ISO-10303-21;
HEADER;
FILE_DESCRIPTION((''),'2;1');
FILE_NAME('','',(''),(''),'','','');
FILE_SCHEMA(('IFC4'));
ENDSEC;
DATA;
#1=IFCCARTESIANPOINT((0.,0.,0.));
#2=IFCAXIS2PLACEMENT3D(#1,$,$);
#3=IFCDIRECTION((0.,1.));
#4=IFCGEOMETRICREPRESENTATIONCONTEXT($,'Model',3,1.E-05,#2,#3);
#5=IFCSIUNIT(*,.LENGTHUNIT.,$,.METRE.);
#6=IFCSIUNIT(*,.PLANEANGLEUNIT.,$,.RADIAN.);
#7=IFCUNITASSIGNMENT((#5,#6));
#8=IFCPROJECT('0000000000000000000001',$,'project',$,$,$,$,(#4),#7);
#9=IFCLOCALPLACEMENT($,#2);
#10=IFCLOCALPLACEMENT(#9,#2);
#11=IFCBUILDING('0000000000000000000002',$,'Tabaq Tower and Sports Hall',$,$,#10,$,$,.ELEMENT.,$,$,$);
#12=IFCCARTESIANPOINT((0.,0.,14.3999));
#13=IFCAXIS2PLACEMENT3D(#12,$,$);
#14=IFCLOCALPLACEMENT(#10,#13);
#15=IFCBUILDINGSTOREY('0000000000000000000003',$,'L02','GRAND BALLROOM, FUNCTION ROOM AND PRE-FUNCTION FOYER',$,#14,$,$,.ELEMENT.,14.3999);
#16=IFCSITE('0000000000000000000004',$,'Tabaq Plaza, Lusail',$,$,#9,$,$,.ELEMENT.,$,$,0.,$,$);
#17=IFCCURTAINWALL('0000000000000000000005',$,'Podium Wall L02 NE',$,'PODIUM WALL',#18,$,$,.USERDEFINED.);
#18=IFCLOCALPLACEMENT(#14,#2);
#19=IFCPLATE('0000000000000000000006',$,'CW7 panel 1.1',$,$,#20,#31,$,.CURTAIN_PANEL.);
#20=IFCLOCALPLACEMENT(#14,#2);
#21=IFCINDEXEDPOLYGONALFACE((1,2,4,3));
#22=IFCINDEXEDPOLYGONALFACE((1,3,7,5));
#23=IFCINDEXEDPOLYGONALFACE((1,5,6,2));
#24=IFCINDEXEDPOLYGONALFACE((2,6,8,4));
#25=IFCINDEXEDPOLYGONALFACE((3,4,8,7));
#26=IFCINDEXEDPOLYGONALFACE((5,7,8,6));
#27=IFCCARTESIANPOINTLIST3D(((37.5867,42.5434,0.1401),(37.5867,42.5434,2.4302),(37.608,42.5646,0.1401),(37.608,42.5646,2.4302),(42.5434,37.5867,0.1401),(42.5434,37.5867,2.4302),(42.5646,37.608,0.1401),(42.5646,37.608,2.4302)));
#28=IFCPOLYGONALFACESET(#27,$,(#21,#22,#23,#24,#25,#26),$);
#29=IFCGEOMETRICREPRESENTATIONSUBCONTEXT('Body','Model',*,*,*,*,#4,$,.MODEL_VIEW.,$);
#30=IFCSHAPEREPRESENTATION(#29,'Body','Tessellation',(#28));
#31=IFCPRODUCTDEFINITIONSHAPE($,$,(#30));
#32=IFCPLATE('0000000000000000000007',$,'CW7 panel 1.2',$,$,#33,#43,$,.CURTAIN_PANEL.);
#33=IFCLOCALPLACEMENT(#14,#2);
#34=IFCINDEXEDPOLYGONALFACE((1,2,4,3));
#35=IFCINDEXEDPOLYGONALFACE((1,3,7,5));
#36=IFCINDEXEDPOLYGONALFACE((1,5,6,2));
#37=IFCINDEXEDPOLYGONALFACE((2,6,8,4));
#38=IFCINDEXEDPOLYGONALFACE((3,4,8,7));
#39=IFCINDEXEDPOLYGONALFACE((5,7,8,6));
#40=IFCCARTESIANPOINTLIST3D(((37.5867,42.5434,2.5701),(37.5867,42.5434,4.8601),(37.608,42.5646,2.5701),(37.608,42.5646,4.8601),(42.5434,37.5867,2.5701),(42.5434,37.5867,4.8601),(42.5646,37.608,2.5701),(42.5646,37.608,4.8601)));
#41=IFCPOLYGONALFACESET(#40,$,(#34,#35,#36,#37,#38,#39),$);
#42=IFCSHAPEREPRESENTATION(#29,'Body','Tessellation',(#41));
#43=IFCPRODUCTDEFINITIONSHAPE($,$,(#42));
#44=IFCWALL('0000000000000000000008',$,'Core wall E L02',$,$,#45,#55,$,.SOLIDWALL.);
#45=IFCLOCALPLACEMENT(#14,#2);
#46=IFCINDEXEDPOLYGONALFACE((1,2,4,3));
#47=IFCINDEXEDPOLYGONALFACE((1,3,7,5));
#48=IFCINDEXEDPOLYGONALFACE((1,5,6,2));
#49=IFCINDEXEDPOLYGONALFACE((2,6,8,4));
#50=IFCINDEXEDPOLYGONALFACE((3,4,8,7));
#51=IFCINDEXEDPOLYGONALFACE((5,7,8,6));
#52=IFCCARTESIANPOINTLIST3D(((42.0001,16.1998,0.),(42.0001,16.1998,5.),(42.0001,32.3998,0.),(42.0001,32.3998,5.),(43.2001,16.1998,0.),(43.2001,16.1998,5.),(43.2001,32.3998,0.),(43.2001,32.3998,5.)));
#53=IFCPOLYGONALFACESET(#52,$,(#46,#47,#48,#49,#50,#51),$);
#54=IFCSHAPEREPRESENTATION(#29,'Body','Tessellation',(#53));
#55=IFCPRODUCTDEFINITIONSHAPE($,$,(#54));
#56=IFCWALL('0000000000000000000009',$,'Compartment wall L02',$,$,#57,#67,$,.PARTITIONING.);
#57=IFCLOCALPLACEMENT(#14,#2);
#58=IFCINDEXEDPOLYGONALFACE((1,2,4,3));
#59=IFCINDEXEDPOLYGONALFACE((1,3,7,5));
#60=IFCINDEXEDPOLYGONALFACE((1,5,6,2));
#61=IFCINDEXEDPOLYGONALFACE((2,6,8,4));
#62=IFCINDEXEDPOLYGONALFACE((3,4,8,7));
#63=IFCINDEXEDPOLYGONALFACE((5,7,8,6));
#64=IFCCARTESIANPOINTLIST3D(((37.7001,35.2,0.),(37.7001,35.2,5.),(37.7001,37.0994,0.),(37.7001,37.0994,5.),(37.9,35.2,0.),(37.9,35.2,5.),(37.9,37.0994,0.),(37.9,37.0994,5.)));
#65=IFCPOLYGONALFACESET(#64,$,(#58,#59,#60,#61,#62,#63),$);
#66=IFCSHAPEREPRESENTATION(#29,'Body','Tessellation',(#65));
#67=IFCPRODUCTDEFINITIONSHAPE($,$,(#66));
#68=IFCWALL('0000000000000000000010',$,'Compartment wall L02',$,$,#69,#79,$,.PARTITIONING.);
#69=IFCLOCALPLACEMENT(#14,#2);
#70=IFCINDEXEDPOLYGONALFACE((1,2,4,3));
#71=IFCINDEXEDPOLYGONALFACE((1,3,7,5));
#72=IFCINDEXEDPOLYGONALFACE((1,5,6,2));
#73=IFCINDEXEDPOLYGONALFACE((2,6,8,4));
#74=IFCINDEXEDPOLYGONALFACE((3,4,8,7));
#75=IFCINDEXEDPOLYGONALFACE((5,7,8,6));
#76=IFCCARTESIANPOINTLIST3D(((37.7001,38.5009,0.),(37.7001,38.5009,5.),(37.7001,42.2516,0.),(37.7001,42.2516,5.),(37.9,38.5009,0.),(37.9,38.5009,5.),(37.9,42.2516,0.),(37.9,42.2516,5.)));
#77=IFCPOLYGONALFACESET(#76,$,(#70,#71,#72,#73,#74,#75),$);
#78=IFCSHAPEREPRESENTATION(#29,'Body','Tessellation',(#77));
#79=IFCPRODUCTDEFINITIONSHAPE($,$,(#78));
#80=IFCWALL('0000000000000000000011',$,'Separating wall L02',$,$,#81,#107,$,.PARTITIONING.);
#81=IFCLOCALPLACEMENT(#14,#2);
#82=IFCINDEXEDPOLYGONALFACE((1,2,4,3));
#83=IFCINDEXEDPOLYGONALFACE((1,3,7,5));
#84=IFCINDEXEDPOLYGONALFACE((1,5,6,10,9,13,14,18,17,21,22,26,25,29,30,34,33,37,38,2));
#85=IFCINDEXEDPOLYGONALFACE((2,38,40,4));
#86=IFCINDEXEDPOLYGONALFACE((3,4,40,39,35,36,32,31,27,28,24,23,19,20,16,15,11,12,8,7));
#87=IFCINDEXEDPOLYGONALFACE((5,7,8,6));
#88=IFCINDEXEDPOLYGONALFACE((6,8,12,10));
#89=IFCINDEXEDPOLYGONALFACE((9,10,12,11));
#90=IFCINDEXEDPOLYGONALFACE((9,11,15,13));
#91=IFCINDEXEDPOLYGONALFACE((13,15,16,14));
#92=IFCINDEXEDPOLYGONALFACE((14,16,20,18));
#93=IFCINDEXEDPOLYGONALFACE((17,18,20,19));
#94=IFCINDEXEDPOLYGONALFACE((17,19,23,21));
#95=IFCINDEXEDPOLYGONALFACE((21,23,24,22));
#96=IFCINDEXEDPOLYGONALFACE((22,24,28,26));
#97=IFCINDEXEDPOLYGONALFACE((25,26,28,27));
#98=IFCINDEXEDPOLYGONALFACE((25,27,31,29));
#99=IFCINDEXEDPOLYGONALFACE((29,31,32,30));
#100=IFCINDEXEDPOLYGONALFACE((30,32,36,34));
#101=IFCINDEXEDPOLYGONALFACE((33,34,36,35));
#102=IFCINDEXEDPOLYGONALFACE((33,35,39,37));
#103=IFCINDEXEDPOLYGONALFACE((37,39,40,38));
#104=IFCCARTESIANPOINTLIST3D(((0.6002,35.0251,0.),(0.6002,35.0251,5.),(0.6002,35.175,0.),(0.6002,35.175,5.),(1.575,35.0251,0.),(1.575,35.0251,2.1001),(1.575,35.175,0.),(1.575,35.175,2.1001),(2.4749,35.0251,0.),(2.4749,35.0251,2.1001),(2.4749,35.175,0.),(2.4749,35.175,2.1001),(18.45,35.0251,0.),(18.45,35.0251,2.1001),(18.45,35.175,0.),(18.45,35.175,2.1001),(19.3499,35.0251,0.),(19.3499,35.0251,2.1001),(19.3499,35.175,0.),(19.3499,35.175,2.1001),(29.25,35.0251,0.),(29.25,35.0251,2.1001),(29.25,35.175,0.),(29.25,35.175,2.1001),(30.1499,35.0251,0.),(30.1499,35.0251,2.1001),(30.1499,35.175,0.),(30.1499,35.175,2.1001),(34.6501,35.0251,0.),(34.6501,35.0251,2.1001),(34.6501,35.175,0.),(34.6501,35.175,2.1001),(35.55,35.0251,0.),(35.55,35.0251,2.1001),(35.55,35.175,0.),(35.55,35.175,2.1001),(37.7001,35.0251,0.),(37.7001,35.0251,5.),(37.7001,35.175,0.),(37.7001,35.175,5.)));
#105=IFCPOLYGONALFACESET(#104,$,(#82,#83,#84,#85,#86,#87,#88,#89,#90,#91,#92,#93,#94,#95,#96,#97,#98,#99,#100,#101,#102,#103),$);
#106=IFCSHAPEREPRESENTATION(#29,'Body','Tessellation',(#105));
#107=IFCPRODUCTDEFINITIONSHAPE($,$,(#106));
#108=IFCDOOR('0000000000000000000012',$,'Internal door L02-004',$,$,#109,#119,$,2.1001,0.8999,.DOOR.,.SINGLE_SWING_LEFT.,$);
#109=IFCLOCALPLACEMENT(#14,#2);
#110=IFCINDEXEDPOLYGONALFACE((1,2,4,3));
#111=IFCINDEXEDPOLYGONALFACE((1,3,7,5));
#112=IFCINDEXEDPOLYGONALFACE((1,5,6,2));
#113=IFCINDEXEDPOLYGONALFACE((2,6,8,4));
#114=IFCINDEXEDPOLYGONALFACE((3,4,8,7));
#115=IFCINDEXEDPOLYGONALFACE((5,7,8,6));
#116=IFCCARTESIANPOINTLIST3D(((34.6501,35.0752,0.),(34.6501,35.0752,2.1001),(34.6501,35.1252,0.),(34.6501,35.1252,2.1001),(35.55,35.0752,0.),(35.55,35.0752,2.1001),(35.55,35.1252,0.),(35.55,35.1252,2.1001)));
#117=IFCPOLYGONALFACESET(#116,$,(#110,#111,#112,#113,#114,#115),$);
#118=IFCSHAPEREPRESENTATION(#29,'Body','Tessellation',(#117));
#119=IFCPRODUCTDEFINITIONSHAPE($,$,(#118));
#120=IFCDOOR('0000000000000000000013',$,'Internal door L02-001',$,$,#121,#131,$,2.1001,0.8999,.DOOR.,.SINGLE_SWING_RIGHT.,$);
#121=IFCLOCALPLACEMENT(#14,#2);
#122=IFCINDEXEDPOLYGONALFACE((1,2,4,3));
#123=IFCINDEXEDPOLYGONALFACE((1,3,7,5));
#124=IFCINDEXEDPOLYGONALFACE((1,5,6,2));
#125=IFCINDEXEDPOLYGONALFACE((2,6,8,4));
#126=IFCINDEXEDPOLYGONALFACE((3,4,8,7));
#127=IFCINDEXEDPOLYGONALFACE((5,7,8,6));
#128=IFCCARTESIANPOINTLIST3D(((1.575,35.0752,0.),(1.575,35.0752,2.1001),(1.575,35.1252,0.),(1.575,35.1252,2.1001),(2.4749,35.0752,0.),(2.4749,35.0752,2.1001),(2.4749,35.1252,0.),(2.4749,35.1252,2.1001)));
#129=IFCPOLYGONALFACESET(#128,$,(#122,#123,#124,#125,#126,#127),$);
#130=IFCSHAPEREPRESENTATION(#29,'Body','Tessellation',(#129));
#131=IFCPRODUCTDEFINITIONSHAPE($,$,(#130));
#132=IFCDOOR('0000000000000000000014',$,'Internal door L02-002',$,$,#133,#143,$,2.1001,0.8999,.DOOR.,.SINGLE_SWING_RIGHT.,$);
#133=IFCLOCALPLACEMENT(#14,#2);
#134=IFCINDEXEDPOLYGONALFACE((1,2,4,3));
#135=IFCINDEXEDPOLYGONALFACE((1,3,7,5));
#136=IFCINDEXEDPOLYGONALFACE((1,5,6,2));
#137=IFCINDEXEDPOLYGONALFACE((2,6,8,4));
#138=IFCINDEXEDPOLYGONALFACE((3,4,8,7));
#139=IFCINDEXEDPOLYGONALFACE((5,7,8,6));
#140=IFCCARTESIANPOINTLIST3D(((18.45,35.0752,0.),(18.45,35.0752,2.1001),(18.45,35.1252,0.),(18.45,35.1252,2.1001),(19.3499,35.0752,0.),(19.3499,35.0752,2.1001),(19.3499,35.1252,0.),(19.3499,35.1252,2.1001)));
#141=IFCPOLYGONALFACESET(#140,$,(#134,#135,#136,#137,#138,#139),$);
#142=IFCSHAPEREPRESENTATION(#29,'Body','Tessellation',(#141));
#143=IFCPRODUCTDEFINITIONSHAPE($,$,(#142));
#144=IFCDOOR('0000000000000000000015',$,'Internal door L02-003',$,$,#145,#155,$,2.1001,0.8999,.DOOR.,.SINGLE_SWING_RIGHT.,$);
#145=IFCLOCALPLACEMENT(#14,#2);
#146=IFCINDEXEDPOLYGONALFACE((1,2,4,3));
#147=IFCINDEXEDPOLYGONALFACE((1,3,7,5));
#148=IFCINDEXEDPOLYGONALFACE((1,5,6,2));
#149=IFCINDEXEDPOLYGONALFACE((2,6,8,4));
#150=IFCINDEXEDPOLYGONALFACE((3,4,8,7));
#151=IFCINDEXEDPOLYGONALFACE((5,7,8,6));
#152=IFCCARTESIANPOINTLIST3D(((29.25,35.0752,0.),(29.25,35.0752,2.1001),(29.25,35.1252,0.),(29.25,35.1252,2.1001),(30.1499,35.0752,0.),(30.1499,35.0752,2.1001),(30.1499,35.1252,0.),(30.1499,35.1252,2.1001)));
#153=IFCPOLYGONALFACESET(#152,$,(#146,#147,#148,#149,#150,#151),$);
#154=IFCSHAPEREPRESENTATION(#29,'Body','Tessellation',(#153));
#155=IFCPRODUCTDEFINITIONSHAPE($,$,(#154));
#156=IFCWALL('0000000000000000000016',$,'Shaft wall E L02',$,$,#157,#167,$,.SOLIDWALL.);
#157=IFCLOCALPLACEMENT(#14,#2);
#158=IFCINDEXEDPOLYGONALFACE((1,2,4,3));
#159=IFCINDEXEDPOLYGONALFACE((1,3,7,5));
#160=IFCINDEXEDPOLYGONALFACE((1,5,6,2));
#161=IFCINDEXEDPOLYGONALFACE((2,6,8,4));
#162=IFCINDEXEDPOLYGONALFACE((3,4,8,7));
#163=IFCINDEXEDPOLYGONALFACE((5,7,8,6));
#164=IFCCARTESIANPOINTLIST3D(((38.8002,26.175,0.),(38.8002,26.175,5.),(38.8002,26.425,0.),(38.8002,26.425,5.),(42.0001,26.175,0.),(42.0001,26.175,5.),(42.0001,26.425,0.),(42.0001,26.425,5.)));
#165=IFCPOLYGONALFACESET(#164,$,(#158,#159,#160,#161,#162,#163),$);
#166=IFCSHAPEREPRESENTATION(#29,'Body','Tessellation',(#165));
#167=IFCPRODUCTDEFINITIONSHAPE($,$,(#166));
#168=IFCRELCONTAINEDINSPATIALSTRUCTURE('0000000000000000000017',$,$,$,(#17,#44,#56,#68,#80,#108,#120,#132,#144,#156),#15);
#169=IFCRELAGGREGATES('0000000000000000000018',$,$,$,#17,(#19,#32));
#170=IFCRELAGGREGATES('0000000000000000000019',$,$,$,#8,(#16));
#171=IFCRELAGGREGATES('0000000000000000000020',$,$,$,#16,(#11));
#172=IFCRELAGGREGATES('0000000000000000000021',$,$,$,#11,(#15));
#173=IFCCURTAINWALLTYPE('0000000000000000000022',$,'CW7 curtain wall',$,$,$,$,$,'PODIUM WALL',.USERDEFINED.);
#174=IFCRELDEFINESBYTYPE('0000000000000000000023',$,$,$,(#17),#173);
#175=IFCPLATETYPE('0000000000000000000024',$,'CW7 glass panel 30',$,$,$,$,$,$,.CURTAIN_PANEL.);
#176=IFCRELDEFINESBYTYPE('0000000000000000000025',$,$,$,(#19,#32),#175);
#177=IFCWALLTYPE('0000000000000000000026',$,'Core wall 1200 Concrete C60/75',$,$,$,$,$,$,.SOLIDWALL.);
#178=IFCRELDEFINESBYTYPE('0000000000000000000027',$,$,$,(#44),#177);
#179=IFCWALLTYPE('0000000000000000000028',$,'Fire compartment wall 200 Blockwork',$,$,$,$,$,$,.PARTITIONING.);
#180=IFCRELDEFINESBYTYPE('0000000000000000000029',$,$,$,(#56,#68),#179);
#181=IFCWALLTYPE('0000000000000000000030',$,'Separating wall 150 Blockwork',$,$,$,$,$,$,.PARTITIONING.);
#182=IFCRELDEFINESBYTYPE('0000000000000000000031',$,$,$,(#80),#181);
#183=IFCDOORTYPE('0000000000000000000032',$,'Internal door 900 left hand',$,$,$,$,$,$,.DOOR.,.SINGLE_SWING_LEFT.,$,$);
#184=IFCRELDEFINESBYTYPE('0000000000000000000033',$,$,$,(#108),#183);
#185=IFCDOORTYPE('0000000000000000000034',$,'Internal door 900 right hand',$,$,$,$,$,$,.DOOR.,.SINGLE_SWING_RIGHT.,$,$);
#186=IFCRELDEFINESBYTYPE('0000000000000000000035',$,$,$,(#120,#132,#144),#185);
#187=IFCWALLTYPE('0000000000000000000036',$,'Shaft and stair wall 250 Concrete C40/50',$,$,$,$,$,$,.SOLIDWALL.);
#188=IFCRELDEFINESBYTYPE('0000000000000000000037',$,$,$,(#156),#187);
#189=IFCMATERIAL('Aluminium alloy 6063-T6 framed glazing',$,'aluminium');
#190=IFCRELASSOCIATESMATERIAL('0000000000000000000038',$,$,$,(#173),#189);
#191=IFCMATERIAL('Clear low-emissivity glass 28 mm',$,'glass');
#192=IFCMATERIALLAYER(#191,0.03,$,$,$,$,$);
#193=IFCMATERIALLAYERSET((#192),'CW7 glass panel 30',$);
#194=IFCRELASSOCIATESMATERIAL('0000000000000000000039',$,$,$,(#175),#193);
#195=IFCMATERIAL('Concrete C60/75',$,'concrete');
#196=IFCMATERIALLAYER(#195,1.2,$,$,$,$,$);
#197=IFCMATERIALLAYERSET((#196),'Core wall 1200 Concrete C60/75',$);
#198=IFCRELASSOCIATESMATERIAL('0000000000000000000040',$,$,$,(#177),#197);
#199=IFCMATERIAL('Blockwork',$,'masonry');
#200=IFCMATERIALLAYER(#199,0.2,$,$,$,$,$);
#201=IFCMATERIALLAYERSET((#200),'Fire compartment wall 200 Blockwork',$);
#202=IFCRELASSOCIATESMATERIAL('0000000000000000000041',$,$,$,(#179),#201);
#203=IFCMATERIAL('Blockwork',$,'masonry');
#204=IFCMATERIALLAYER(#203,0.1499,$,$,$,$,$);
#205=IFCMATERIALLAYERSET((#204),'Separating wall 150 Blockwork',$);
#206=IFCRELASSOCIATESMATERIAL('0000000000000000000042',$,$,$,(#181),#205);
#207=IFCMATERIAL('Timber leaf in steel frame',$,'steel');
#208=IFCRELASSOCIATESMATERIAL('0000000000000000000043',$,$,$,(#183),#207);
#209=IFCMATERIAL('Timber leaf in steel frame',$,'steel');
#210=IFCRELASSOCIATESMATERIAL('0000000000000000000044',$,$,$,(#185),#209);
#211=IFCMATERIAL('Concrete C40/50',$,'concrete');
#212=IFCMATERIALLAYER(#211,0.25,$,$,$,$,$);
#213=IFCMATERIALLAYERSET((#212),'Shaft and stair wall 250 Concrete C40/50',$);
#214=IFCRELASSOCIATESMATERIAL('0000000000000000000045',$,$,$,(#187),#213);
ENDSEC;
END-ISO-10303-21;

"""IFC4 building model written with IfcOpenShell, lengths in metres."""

from ifc_helpers import new_model, si_unit, direction, frame, frame_2d, origin, origin_2d, place, context, subcontext, project, spatial, rectangle, extrude, material, layer, layer_set, type_object, element, fill, aggregate, save


model = new_model("IFC4")

# Units and contexts
model_context = context("Model", 3, precision=1e-05, world=origin(), true_north=direction((0.0, 1.0)))
body_context = subcontext(model_context, "Body", "Model", "MODEL_VIEW")
ifc_project = project(units=[si_unit("LENGTHUNIT", "METRE"), si_unit("PLANEANGLEUNIT", "RADIAN")], contexts=[model_context])

# Site, building, storey
site_placement = place(None, origin())
site = spatial("IfcSite", under=ifc_project, at=site_placement, Name="Tabaq Plaza, Lusail", CompositionType="ELEMENT", RefElevation=0.0)
building_placement = place(site_placement, origin())
building = spatial("IfcBuilding", under=site, at=building_placement, Name="Tabaq Tower and Sports Hall", CompositionType="ELEMENT")
storey_placement = place(building_placement, frame((0.0, 0.0, 14.3999)))
storey = spatial("IfcBuildingStorey", under=building, at=storey_placement, Name="L02", Description="GRAND BALLROOM, FUNCTION ROOM AND PRE-FUNCTION FOYER", CompositionType="ELEMENT", Elevation=14.3999)

# Shared definitions
ifc_material_1 = material(Name="Aluminium alloy 6063-T6 framed glazing", Category="aluminium")
curtain_wall_type = type_object("IfcCurtainWallType", Name="CW7 curtain wall", ElementType="PODIUM WALL", PredefinedType="USERDEFINED", material=ifc_material_1)

# Curtain wall
curtain_wall_1_placement = place(storey_placement, origin())
curtain_wall_1 = element("IfcCurtainWall", 1, at=curtain_wall_1_placement, inside=storey, type_object=curtain_wall_type, Name="Podium Wall L02 NE", ObjectType="PODIUM WALL", PredefinedType="USERDEFINED")

# Plates
ifc_material_2 = material(Name="Clear low-emissivity glass 28 mm", Category="glass")
ifc_layer_1 = layer(ifc_material_2, 0.03)
ifc_layer_set_1 = layer_set([ifc_layer_1], Name="CW7 glass panel 30")
plate_type = type_object("IfcPlateType", Name="CW7 glass panel 30", PredefinedType="CURTAIN_PANEL", material=ifc_layer_set_1)
plate_1_placement = place(storey_placement, frame((40.0757, 40.0757, 0.1401), z_axis=(0.0, 0.0, 1.0), x_axis=(-0.707107, 0.707107, 0.0)))
plate_1 = element("IfcPlate", 2, at=plate_1_placement, type_object=plate_type, Name="CW7 panel 1.1", PredefinedType="CURTAIN_PANEL", context=body_context, shape_type="SweptSolid", body=[
    extrude(rectangle(XDim=7.0098, YDim=0.03, at=origin_2d()), origin(), (0.0, 0.0, 1.0), 2.29),
])
plate_2_placement = place(storey_placement, frame((40.0757, 40.0757, 2.5701), z_axis=(0.0, 0.0, 1.0), x_axis=(-0.707107, 0.707107, 0.0)))
plate_2 = element("IfcPlate", 3, at=plate_2_placement, type_object=plate_type, Name="CW7 panel 1.2", PredefinedType="CURTAIN_PANEL", context=body_context, shape_type="SweptSolid", body=[
    extrude(rectangle(XDim=7.0098, YDim=0.03, at=origin_2d()), origin(), (0.0, 0.0, 1.0), 2.29),
])
aggregate(curtain_wall_1, [plate_1, plate_2])

# Walls
ifc_material_3 = material(Name="Concrete C60/75", Category="concrete")
ifc_layer_2 = layer(ifc_material_3, 1.2)
ifc_layer_set_2 = layer_set([ifc_layer_2], Name="Core wall 1200 Concrete C60/75")
wall_type_1 = type_object("IfcWallType", Name="Core wall 1200 Concrete C60/75", PredefinedType="SOLIDWALL", material=ifc_layer_set_2)
wall_1_placement = place(storey_placement, frame((42.6001, 32.3999, 0.0), z_axis=(0.0, 0.0, 1.0), x_axis=(0.0, -1.0, 0.0)))
element("IfcWall", 4, at=wall_1_placement, inside=storey, type_object=wall_type_1, Name="Core wall E L02", PredefinedType="SOLIDWALL", context=body_context, shape_type="SweptSolid", body=[
    extrude(rectangle(XDim=16.2, YDim=1.2, at=frame_2d((8.1001, 0.0))), origin(), (0.0, 0.0, 1.0), 5.0),
])
ifc_material_4 = material(Name="Blockwork", Category="masonry")
ifc_layer_3 = layer(ifc_material_4, 0.2)
ifc_layer_set_3 = layer_set([ifc_layer_3], Name="Fire compartment wall 200 Blockwork")
wall_type_2 = type_object("IfcWallType", Name="Fire compartment wall 200 Blockwork", PredefinedType="PARTITIONING", material=ifc_layer_set_3)
wall_2_placement = place(storey_placement, frame((37.8, 35.2, 0.0), z_axis=(0.0, 0.0, 1.0), x_axis=(0.0, 1.0, 0.0)))
element("IfcWall", 5, at=wall_2_placement, inside=storey, type_object=wall_type_2, Name="Compartment wall L02", PredefinedType="PARTITIONING", context=body_context, shape_type="SweptSolid", body=[
    extrude(rectangle(XDim=1.8994, YDim=0.2, at=frame_2d((0.9497, 0.0))), origin(), (0.0, 0.0, 1.0), 5.0),
])
wall_3_placement = place(storey_placement, frame((37.8, 38.5007, 0.0), z_axis=(0.0, 0.0, 1.0), x_axis=(0.0, 1.0, 0.0)))
element("IfcWall", 6, at=wall_3_placement, inside=storey, type_object=wall_type_2, Name="Compartment wall L02", PredefinedType="PARTITIONING", context=body_context, shape_type="SweptSolid", body=[
    extrude(rectangle(XDim=3.7507, YDim=0.2, at=frame_2d((1.8755, 0.0))), origin(), (0.0, 0.0, 1.0), 5.0),
])

# Wall, openings, doors
ifc_material_5 = material(Name="Blockwork", Category="masonry")
ifc_layer_4 = layer(ifc_material_5, 0.1499)
ifc_layer_set_4 = layer_set([ifc_layer_4], Name="Separating wall 150 Blockwork")
wall_type_3 = type_object("IfcWallType", Name="Separating wall 150 Blockwork", PredefinedType="PARTITIONING", material=ifc_layer_set_4)
wall_4_placement = place(storey_placement, frame((37.7, 35.1001, 0.0), z_axis=(0.0, 0.0, 1.0), x_axis=(-1.0, 0.0, 0.0)))
wall_4 = element("IfcWall", 7, at=wall_4_placement, inside=storey, type_object=wall_type_3, Name="Separating wall L02", PredefinedType="PARTITIONING", context=body_context, shape_type="SweptSolid", body=[
    extrude(rectangle(XDim=37.0999, YDim=0.1499, at=frame_2d((18.5498, 0.0))), origin(), (0.0, 0.0, 1.0), 5.0),
])
opening_1_placement = place(wall_4_placement, frame((35.2251, 0.0, 0.0)))
opening_1 = element("IfcOpeningElement", 8, at=opening_1_placement, cuts=wall_4, PredefinedType="OPENING", context=body_context, shape_type="SweptSolid", body=[
    extrude(rectangle(XDim=0.8999, YDim=2.1001, at=frame_2d((0.45, 1.05))), frame((0.0, 0.075, 0.0), z_axis=(0.0, -1.0, 0.0), x_axis=(1.0, 0.0, 0.0)), (0.0, 0.0, 1.0), 0.1499),
])
opening_2_placement = place(wall_4_placement, frame((18.3501, 0.0, 0.0)))
opening_2 = element("IfcOpeningElement", 9, at=opening_2_placement, cuts=wall_4, PredefinedType="OPENING", context=body_context, shape_type="SweptSolid", body=[
    extrude(rectangle(XDim=0.8999, YDim=2.1001, at=frame_2d((0.45, 1.05))), frame((0.0, 0.075, 0.0), z_axis=(0.0, -1.0, 0.0), x_axis=(1.0, 0.0, 0.0)), (0.0, 0.0, 1.0), 0.1499),
])
opening_3_placement = place(wall_4_placement, frame((7.55, 0.0, 0.0)))
opening_3 = element("IfcOpeningElement", 10, at=opening_3_placement, cuts=wall_4, PredefinedType="OPENING", context=body_context, shape_type="SweptSolid", body=[
    extrude(rectangle(XDim=0.8999, YDim=2.1001, at=frame_2d((0.45, 1.05))), frame((0.0, 0.075, 0.0), z_axis=(0.0, -1.0, 0.0), x_axis=(1.0, 0.0, 0.0)), (0.0, 0.0, 1.0), 0.1499),
])
opening_4_placement = place(wall_4_placement, frame((2.1499, 0.0, 0.0)))
opening_4 = element("IfcOpeningElement", 11, at=opening_4_placement, cuts=wall_4, PredefinedType="OPENING", context=body_context, shape_type="SweptSolid", body=[
    extrude(rectangle(XDim=0.8999, YDim=2.1001, at=frame_2d((0.45, 1.05))), frame((0.0, 0.075, 0.0), z_axis=(0.0, -1.0, 0.0), x_axis=(1.0, 0.0, 0.0)), (0.0, 0.0, 1.0), 0.1499),
])
ifc_material_6 = material(Name="Timber leaf in steel frame", Category="steel")
door_type_1 = type_object("IfcDoorType", Name="Internal door 900 left hand", OperationType="SINGLE_SWING_LEFT", PredefinedType="DOOR", material=ifc_material_6)
door_1_placement = place(opening_4_placement, origin())
door_1 = element("IfcDoor", 12, at=door_1_placement, inside=storey, type_object=door_type_1, Name="Internal door L02-004", OperationType="SINGLE_SWING_LEFT", OverallHeight=2.1001, OverallWidth=0.8999, PredefinedType="DOOR", context=body_context, shape_type="SweptSolid", body=[
    extrude(rectangle(XDim=0.8999, YDim=2.1001, at=frame_2d((0.45, 1.05))), frame((0.0, 0.0249, 0.0), z_axis=(0.0, -1.0, 0.0), x_axis=(1.0, 0.0, 0.0)), (0.0, 0.0, 1.0), 0.05),
])
fill(opening_4, door_1)
ifc_material_7 = material(Name="Timber leaf in steel frame", Category="steel")
door_type_2 = type_object("IfcDoorType", Name="Internal door 900 right hand", OperationType="SINGLE_SWING_RIGHT", PredefinedType="DOOR", material=ifc_material_7)
door_2_placement = place(opening_1_placement, origin())
door_2 = element("IfcDoor", 13, at=door_2_placement, inside=storey, type_object=door_type_2, Name="Internal door L02-001", OperationType="SINGLE_SWING_RIGHT", OverallHeight=2.1001, OverallWidth=0.8999, PredefinedType="DOOR", context=body_context, shape_type="SweptSolid", body=[
    extrude(rectangle(XDim=0.8999, YDim=2.1001, at=frame_2d((0.45, 1.05))), frame((0.0, 0.0249, 0.0), z_axis=(0.0, -1.0, 0.0), x_axis=(1.0, 0.0, 0.0)), (0.0, 0.0, 1.0), 0.05),
])
fill(opening_1, door_2)
door_3_placement = place(opening_2_placement, origin())
door_3 = element("IfcDoor", 14, at=door_3_placement, inside=storey, type_object=door_type_2, Name="Internal door L02-002", OperationType="SINGLE_SWING_RIGHT", OverallHeight=2.1001, OverallWidth=0.8999, PredefinedType="DOOR", context=body_context, shape_type="SweptSolid", body=[
    extrude(rectangle(XDim=0.8999, YDim=2.1001, at=frame_2d((0.45, 1.05))), frame((0.0, 0.0249, 0.0), z_axis=(0.0, -1.0, 0.0), x_axis=(1.0, 0.0, 0.0)), (0.0, 0.0, 1.0), 0.05),
])
fill(opening_2, door_3)
door_4_placement = place(opening_3_placement, origin())
door_4 = element("IfcDoor", 15, at=door_4_placement, inside=storey, type_object=door_type_2, Name="Internal door L02-003", OperationType="SINGLE_SWING_RIGHT", OverallHeight=2.1001, OverallWidth=0.8999, PredefinedType="DOOR", context=body_context, shape_type="SweptSolid", body=[
    extrude(rectangle(XDim=0.8999, YDim=2.1001, at=frame_2d((0.45, 1.05))), frame((0.0, 0.0249, 0.0), z_axis=(0.0, -1.0, 0.0), x_axis=(1.0, 0.0, 0.0)), (0.0, 0.0, 1.0), 0.05),
])
fill(opening_3, door_4)

# Wall
ifc_material_8 = material(Name="Concrete C40/50", Category="concrete")
ifc_layer_5 = layer(ifc_material_8, 0.25)
ifc_layer_set_5 = layer_set([ifc_layer_5], Name="Shaft and stair wall 250 Concrete C40/50")
wall_type_4 = type_object("IfcWallType", Name="Shaft and stair wall 250 Concrete C40/50", PredefinedType="SOLIDWALL", material=ifc_layer_set_5)
for number, where, z_axis, x_axis, name in (
    (16, (38.8, 26.3, 0.0), (0.0, 0.0, 1.0), (1.0, 0.0, 0.0), "Shaft wall E L02"),
):
    element("IfcWall", number, at=place(storey_placement, frame(where, z_axis=z_axis, x_axis=x_axis)), inside=storey, type_object=wall_type_4, Name=name, PredefinedType="SOLIDWALL", context=body_context, shape_type="SweptSolid", body=[
        extrude(rectangle(XDim=3.2, YDim=0.25, at=frame_2d((1.6001, 0.0))), origin(), (0.0, 0.0, 1.0), 5.0),
    ])

save(model, "model.ifc")
